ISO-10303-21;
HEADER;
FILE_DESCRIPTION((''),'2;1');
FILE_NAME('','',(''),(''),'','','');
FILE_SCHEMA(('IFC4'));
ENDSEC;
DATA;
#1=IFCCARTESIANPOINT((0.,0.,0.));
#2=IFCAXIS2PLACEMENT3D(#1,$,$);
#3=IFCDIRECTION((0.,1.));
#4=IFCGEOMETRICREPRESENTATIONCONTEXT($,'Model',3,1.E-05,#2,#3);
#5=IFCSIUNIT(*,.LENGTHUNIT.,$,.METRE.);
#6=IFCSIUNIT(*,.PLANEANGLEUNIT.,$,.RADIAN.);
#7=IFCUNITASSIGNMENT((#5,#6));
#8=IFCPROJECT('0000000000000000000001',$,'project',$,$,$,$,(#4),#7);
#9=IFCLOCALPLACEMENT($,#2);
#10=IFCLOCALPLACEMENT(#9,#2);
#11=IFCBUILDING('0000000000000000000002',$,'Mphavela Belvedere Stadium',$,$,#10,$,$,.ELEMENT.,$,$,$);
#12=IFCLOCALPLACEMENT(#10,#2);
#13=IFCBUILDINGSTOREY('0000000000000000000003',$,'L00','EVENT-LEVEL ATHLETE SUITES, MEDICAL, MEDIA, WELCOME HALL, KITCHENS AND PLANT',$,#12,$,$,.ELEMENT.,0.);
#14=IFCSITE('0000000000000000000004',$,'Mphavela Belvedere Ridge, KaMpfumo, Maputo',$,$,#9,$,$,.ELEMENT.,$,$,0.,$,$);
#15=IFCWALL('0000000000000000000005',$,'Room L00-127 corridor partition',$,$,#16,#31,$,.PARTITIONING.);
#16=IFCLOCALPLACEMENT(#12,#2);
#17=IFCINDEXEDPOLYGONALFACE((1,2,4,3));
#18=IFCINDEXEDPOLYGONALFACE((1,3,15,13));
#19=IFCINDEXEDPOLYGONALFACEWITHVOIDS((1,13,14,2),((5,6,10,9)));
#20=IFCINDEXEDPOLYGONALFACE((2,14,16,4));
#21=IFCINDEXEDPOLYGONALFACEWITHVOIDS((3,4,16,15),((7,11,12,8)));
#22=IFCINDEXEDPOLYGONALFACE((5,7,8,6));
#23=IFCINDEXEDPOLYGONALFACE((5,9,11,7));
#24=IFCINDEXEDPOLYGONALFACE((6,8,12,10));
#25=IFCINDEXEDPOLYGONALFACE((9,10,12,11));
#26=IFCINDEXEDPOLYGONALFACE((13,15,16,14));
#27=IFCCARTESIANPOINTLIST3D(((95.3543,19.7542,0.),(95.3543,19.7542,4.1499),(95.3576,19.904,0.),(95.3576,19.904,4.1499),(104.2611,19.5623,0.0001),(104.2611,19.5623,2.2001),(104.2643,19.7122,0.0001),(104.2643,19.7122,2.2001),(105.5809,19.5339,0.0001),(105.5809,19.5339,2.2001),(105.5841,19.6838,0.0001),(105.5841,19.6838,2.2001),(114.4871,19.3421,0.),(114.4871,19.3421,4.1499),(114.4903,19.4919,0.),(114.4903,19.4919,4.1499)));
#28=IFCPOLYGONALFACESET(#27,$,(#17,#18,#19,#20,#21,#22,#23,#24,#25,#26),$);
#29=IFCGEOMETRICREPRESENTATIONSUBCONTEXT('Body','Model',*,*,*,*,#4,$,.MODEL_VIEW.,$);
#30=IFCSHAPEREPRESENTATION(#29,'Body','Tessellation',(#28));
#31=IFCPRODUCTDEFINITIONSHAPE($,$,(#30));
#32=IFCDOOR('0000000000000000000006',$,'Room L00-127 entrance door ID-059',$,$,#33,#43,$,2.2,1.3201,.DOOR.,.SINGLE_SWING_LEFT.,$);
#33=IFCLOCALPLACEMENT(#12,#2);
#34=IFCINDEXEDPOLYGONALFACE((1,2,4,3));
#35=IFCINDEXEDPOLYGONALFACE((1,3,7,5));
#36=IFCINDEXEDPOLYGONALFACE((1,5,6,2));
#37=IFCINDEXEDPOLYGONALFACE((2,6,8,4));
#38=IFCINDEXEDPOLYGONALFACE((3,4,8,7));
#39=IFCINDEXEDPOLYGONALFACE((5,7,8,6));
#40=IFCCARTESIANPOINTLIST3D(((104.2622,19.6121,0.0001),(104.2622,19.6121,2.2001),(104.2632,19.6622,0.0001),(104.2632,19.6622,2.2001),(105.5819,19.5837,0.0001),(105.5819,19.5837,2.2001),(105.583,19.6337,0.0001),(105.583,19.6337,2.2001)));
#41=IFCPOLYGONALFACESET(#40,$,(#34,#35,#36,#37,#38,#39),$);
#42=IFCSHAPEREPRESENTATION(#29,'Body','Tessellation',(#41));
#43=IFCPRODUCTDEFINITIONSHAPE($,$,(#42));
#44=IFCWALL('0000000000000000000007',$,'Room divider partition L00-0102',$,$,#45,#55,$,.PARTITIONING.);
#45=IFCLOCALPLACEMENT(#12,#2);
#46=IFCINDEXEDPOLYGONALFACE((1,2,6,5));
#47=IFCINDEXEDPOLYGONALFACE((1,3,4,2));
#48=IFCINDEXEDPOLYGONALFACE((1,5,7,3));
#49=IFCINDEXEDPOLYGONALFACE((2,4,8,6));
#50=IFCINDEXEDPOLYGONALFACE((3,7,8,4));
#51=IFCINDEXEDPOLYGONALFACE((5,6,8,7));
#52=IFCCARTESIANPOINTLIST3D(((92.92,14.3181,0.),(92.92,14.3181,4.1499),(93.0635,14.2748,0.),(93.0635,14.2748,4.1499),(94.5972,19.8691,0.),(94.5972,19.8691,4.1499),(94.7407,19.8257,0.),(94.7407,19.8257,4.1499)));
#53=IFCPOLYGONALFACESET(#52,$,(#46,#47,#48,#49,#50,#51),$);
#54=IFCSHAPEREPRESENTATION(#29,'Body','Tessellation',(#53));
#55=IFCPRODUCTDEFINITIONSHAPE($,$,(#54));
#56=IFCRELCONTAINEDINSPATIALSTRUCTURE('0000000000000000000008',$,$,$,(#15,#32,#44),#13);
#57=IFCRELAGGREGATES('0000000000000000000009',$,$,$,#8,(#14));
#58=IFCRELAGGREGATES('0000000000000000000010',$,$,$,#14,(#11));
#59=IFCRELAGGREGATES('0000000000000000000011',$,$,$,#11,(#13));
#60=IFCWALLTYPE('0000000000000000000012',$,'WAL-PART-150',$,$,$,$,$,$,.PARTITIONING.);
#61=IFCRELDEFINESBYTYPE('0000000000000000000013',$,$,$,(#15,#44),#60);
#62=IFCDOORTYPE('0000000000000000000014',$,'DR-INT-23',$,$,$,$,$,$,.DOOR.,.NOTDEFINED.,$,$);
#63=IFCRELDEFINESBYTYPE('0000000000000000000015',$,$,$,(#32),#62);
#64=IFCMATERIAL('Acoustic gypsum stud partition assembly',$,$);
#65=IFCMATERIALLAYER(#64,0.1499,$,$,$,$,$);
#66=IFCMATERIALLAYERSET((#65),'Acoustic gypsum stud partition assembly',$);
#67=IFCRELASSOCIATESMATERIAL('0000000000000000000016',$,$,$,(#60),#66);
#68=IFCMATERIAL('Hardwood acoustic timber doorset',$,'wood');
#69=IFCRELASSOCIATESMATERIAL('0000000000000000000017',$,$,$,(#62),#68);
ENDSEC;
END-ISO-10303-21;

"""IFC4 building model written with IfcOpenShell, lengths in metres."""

from ifc_helpers import new_model, si_unit, direction, frame, frame_2d, origin, place, context, subcontext, project, spatial, rectangle, extrude, material, layer, layer_set, type_object, element, fill, save


model = new_model("IFC4")

# Units and contexts
model_context = context("Model", 3, precision=1e-05, world=origin(), true_north=direction((0.0, 1.0)))
body_context = subcontext(model_context, "Body", "Model", "MODEL_VIEW")
ifc_project = project(units=[si_unit("LENGTHUNIT", "METRE"), si_unit("PLANEANGLEUNIT", "RADIAN")], contexts=[model_context])

# Site, building, storey
site_placement = place(None, origin())
site = spatial("IfcSite", under=ifc_project, at=site_placement, Name="Mphavela Belvedere Ridge, KaMpfumo, Maputo", CompositionType="ELEMENT", RefElevation=0.0)
building_placement = place(site_placement, origin())
building = spatial("IfcBuilding", under=site, at=building_placement, Name="Mphavela Belvedere Stadium", CompositionType="ELEMENT")
storey_placement = place(building_placement, origin())
storey = spatial("IfcBuildingStorey", under=building, at=storey_placement, Name="L00", Description="EVENT-LEVEL ATHLETE SUITES, MEDICAL, MEDIA, WELCOME HALL, KITCHENS AND PLANT", CompositionType="ELEMENT", Elevation=0.0)

# Wall, opening, door
ifc_material_1 = material(Name="Acoustic gypsum stud partition assembly")
ifc_layer_1 = layer(ifc_material_1, 0.1499)
ifc_layer_set_1 = layer_set([ifc_layer_1], Name="Acoustic gypsum stud partition assembly")
wall_type_1 = type_object("IfcWallType", Name="WAL-PART-150", PredefinedType="PARTITIONING", material=ifc_layer_set_1)
wall_1_placement = place(storey_placement, frame((95.356, 19.8291, 0.0), z_axis=(0.0, 0.0, 1.0), x_axis=(0.999768, -0.021534, 0.0)))
wall_1 = element("IfcWall", 1, at=wall_1_placement, inside=storey, type_object=wall_type_1, Name="Room L00-127 corridor partition", PredefinedType="PARTITIONING", context=body_context, shape_type="SweptSolid", body=[
    extrude(rectangle(XDim=19.1372, YDim=0.1499, at=frame_2d((9.5686, 0.0))), origin(), (0.0, 0.0, 1.0), 4.1499),
])
opening_1_placement = place(wall_1_placement, frame((8.9087, 0.0, 0.0)))
opening_1 = element("IfcOpeningElement", 2, at=opening_1_placement, cuts=wall_1, PredefinedType="OPENING", context=body_context, shape_type="SweptSolid", body=[
    extrude(rectangle(XDim=1.3201, YDim=2.2, at=frame_2d((0.6602, 1.1001))), frame((0.0, 0.085, 0.0), z_axis=(0.0, -1.0, 0.0), x_axis=(1.0, 0.0, 0.0)), (0.0, 0.0, 1.0), 0.1699),
])
ifc_material_2 = material(Name="Hardwood acoustic timber doorset", Category="wood")
door_type_1 = type_object("IfcDoorType", Name="DR-INT-23", OperationType="NOTDEFINED", PredefinedType="DOOR", material=ifc_material_2)
door_1_placement = place(opening_1_placement, origin())
door_1 = element("IfcDoor", 3, at=door_1_placement, inside=storey, type_object=door_type_1, Name="Room L00-127 entrance door ID-059", OperationType="SINGLE_SWING_LEFT", OverallHeight=2.2, OverallWidth=1.3201, PredefinedType="DOOR", context=body_context, shape_type="SweptSolid", body=[
    extrude(rectangle(XDim=1.3201, YDim=2.2, at=frame_2d((0.6602, 1.1001))), frame((0.0, 0.0249, 0.0), z_axis=(0.0, -1.0, 0.0), x_axis=(1.0, 0.0, 0.0)), (0.0, 0.0, 1.0), 0.05),
])
fill(opening_1, door_1)

# Wall
wall_2_placement = place(storey_placement, frame((94.6689, 19.8474, 0.0), z_axis=(0.0, 0.0, 1.0), x_axis=(-0.289236, -0.957258, 0.0)))
element("IfcWall", 4, at=wall_2_placement, inside=storey, type_object=wall_type_1, Name="Room divider partition L00-0102", PredefinedType="PARTITIONING", context=body_context, shape_type="SweptSolid", body=[
    extrude(rectangle(XDim=5.7988, YDim=0.1499, at=frame_2d((2.8994, 0.0))), origin(), (0.0, 0.0, 1.0), 4.1499),
])

save(model, "model.ifc")
